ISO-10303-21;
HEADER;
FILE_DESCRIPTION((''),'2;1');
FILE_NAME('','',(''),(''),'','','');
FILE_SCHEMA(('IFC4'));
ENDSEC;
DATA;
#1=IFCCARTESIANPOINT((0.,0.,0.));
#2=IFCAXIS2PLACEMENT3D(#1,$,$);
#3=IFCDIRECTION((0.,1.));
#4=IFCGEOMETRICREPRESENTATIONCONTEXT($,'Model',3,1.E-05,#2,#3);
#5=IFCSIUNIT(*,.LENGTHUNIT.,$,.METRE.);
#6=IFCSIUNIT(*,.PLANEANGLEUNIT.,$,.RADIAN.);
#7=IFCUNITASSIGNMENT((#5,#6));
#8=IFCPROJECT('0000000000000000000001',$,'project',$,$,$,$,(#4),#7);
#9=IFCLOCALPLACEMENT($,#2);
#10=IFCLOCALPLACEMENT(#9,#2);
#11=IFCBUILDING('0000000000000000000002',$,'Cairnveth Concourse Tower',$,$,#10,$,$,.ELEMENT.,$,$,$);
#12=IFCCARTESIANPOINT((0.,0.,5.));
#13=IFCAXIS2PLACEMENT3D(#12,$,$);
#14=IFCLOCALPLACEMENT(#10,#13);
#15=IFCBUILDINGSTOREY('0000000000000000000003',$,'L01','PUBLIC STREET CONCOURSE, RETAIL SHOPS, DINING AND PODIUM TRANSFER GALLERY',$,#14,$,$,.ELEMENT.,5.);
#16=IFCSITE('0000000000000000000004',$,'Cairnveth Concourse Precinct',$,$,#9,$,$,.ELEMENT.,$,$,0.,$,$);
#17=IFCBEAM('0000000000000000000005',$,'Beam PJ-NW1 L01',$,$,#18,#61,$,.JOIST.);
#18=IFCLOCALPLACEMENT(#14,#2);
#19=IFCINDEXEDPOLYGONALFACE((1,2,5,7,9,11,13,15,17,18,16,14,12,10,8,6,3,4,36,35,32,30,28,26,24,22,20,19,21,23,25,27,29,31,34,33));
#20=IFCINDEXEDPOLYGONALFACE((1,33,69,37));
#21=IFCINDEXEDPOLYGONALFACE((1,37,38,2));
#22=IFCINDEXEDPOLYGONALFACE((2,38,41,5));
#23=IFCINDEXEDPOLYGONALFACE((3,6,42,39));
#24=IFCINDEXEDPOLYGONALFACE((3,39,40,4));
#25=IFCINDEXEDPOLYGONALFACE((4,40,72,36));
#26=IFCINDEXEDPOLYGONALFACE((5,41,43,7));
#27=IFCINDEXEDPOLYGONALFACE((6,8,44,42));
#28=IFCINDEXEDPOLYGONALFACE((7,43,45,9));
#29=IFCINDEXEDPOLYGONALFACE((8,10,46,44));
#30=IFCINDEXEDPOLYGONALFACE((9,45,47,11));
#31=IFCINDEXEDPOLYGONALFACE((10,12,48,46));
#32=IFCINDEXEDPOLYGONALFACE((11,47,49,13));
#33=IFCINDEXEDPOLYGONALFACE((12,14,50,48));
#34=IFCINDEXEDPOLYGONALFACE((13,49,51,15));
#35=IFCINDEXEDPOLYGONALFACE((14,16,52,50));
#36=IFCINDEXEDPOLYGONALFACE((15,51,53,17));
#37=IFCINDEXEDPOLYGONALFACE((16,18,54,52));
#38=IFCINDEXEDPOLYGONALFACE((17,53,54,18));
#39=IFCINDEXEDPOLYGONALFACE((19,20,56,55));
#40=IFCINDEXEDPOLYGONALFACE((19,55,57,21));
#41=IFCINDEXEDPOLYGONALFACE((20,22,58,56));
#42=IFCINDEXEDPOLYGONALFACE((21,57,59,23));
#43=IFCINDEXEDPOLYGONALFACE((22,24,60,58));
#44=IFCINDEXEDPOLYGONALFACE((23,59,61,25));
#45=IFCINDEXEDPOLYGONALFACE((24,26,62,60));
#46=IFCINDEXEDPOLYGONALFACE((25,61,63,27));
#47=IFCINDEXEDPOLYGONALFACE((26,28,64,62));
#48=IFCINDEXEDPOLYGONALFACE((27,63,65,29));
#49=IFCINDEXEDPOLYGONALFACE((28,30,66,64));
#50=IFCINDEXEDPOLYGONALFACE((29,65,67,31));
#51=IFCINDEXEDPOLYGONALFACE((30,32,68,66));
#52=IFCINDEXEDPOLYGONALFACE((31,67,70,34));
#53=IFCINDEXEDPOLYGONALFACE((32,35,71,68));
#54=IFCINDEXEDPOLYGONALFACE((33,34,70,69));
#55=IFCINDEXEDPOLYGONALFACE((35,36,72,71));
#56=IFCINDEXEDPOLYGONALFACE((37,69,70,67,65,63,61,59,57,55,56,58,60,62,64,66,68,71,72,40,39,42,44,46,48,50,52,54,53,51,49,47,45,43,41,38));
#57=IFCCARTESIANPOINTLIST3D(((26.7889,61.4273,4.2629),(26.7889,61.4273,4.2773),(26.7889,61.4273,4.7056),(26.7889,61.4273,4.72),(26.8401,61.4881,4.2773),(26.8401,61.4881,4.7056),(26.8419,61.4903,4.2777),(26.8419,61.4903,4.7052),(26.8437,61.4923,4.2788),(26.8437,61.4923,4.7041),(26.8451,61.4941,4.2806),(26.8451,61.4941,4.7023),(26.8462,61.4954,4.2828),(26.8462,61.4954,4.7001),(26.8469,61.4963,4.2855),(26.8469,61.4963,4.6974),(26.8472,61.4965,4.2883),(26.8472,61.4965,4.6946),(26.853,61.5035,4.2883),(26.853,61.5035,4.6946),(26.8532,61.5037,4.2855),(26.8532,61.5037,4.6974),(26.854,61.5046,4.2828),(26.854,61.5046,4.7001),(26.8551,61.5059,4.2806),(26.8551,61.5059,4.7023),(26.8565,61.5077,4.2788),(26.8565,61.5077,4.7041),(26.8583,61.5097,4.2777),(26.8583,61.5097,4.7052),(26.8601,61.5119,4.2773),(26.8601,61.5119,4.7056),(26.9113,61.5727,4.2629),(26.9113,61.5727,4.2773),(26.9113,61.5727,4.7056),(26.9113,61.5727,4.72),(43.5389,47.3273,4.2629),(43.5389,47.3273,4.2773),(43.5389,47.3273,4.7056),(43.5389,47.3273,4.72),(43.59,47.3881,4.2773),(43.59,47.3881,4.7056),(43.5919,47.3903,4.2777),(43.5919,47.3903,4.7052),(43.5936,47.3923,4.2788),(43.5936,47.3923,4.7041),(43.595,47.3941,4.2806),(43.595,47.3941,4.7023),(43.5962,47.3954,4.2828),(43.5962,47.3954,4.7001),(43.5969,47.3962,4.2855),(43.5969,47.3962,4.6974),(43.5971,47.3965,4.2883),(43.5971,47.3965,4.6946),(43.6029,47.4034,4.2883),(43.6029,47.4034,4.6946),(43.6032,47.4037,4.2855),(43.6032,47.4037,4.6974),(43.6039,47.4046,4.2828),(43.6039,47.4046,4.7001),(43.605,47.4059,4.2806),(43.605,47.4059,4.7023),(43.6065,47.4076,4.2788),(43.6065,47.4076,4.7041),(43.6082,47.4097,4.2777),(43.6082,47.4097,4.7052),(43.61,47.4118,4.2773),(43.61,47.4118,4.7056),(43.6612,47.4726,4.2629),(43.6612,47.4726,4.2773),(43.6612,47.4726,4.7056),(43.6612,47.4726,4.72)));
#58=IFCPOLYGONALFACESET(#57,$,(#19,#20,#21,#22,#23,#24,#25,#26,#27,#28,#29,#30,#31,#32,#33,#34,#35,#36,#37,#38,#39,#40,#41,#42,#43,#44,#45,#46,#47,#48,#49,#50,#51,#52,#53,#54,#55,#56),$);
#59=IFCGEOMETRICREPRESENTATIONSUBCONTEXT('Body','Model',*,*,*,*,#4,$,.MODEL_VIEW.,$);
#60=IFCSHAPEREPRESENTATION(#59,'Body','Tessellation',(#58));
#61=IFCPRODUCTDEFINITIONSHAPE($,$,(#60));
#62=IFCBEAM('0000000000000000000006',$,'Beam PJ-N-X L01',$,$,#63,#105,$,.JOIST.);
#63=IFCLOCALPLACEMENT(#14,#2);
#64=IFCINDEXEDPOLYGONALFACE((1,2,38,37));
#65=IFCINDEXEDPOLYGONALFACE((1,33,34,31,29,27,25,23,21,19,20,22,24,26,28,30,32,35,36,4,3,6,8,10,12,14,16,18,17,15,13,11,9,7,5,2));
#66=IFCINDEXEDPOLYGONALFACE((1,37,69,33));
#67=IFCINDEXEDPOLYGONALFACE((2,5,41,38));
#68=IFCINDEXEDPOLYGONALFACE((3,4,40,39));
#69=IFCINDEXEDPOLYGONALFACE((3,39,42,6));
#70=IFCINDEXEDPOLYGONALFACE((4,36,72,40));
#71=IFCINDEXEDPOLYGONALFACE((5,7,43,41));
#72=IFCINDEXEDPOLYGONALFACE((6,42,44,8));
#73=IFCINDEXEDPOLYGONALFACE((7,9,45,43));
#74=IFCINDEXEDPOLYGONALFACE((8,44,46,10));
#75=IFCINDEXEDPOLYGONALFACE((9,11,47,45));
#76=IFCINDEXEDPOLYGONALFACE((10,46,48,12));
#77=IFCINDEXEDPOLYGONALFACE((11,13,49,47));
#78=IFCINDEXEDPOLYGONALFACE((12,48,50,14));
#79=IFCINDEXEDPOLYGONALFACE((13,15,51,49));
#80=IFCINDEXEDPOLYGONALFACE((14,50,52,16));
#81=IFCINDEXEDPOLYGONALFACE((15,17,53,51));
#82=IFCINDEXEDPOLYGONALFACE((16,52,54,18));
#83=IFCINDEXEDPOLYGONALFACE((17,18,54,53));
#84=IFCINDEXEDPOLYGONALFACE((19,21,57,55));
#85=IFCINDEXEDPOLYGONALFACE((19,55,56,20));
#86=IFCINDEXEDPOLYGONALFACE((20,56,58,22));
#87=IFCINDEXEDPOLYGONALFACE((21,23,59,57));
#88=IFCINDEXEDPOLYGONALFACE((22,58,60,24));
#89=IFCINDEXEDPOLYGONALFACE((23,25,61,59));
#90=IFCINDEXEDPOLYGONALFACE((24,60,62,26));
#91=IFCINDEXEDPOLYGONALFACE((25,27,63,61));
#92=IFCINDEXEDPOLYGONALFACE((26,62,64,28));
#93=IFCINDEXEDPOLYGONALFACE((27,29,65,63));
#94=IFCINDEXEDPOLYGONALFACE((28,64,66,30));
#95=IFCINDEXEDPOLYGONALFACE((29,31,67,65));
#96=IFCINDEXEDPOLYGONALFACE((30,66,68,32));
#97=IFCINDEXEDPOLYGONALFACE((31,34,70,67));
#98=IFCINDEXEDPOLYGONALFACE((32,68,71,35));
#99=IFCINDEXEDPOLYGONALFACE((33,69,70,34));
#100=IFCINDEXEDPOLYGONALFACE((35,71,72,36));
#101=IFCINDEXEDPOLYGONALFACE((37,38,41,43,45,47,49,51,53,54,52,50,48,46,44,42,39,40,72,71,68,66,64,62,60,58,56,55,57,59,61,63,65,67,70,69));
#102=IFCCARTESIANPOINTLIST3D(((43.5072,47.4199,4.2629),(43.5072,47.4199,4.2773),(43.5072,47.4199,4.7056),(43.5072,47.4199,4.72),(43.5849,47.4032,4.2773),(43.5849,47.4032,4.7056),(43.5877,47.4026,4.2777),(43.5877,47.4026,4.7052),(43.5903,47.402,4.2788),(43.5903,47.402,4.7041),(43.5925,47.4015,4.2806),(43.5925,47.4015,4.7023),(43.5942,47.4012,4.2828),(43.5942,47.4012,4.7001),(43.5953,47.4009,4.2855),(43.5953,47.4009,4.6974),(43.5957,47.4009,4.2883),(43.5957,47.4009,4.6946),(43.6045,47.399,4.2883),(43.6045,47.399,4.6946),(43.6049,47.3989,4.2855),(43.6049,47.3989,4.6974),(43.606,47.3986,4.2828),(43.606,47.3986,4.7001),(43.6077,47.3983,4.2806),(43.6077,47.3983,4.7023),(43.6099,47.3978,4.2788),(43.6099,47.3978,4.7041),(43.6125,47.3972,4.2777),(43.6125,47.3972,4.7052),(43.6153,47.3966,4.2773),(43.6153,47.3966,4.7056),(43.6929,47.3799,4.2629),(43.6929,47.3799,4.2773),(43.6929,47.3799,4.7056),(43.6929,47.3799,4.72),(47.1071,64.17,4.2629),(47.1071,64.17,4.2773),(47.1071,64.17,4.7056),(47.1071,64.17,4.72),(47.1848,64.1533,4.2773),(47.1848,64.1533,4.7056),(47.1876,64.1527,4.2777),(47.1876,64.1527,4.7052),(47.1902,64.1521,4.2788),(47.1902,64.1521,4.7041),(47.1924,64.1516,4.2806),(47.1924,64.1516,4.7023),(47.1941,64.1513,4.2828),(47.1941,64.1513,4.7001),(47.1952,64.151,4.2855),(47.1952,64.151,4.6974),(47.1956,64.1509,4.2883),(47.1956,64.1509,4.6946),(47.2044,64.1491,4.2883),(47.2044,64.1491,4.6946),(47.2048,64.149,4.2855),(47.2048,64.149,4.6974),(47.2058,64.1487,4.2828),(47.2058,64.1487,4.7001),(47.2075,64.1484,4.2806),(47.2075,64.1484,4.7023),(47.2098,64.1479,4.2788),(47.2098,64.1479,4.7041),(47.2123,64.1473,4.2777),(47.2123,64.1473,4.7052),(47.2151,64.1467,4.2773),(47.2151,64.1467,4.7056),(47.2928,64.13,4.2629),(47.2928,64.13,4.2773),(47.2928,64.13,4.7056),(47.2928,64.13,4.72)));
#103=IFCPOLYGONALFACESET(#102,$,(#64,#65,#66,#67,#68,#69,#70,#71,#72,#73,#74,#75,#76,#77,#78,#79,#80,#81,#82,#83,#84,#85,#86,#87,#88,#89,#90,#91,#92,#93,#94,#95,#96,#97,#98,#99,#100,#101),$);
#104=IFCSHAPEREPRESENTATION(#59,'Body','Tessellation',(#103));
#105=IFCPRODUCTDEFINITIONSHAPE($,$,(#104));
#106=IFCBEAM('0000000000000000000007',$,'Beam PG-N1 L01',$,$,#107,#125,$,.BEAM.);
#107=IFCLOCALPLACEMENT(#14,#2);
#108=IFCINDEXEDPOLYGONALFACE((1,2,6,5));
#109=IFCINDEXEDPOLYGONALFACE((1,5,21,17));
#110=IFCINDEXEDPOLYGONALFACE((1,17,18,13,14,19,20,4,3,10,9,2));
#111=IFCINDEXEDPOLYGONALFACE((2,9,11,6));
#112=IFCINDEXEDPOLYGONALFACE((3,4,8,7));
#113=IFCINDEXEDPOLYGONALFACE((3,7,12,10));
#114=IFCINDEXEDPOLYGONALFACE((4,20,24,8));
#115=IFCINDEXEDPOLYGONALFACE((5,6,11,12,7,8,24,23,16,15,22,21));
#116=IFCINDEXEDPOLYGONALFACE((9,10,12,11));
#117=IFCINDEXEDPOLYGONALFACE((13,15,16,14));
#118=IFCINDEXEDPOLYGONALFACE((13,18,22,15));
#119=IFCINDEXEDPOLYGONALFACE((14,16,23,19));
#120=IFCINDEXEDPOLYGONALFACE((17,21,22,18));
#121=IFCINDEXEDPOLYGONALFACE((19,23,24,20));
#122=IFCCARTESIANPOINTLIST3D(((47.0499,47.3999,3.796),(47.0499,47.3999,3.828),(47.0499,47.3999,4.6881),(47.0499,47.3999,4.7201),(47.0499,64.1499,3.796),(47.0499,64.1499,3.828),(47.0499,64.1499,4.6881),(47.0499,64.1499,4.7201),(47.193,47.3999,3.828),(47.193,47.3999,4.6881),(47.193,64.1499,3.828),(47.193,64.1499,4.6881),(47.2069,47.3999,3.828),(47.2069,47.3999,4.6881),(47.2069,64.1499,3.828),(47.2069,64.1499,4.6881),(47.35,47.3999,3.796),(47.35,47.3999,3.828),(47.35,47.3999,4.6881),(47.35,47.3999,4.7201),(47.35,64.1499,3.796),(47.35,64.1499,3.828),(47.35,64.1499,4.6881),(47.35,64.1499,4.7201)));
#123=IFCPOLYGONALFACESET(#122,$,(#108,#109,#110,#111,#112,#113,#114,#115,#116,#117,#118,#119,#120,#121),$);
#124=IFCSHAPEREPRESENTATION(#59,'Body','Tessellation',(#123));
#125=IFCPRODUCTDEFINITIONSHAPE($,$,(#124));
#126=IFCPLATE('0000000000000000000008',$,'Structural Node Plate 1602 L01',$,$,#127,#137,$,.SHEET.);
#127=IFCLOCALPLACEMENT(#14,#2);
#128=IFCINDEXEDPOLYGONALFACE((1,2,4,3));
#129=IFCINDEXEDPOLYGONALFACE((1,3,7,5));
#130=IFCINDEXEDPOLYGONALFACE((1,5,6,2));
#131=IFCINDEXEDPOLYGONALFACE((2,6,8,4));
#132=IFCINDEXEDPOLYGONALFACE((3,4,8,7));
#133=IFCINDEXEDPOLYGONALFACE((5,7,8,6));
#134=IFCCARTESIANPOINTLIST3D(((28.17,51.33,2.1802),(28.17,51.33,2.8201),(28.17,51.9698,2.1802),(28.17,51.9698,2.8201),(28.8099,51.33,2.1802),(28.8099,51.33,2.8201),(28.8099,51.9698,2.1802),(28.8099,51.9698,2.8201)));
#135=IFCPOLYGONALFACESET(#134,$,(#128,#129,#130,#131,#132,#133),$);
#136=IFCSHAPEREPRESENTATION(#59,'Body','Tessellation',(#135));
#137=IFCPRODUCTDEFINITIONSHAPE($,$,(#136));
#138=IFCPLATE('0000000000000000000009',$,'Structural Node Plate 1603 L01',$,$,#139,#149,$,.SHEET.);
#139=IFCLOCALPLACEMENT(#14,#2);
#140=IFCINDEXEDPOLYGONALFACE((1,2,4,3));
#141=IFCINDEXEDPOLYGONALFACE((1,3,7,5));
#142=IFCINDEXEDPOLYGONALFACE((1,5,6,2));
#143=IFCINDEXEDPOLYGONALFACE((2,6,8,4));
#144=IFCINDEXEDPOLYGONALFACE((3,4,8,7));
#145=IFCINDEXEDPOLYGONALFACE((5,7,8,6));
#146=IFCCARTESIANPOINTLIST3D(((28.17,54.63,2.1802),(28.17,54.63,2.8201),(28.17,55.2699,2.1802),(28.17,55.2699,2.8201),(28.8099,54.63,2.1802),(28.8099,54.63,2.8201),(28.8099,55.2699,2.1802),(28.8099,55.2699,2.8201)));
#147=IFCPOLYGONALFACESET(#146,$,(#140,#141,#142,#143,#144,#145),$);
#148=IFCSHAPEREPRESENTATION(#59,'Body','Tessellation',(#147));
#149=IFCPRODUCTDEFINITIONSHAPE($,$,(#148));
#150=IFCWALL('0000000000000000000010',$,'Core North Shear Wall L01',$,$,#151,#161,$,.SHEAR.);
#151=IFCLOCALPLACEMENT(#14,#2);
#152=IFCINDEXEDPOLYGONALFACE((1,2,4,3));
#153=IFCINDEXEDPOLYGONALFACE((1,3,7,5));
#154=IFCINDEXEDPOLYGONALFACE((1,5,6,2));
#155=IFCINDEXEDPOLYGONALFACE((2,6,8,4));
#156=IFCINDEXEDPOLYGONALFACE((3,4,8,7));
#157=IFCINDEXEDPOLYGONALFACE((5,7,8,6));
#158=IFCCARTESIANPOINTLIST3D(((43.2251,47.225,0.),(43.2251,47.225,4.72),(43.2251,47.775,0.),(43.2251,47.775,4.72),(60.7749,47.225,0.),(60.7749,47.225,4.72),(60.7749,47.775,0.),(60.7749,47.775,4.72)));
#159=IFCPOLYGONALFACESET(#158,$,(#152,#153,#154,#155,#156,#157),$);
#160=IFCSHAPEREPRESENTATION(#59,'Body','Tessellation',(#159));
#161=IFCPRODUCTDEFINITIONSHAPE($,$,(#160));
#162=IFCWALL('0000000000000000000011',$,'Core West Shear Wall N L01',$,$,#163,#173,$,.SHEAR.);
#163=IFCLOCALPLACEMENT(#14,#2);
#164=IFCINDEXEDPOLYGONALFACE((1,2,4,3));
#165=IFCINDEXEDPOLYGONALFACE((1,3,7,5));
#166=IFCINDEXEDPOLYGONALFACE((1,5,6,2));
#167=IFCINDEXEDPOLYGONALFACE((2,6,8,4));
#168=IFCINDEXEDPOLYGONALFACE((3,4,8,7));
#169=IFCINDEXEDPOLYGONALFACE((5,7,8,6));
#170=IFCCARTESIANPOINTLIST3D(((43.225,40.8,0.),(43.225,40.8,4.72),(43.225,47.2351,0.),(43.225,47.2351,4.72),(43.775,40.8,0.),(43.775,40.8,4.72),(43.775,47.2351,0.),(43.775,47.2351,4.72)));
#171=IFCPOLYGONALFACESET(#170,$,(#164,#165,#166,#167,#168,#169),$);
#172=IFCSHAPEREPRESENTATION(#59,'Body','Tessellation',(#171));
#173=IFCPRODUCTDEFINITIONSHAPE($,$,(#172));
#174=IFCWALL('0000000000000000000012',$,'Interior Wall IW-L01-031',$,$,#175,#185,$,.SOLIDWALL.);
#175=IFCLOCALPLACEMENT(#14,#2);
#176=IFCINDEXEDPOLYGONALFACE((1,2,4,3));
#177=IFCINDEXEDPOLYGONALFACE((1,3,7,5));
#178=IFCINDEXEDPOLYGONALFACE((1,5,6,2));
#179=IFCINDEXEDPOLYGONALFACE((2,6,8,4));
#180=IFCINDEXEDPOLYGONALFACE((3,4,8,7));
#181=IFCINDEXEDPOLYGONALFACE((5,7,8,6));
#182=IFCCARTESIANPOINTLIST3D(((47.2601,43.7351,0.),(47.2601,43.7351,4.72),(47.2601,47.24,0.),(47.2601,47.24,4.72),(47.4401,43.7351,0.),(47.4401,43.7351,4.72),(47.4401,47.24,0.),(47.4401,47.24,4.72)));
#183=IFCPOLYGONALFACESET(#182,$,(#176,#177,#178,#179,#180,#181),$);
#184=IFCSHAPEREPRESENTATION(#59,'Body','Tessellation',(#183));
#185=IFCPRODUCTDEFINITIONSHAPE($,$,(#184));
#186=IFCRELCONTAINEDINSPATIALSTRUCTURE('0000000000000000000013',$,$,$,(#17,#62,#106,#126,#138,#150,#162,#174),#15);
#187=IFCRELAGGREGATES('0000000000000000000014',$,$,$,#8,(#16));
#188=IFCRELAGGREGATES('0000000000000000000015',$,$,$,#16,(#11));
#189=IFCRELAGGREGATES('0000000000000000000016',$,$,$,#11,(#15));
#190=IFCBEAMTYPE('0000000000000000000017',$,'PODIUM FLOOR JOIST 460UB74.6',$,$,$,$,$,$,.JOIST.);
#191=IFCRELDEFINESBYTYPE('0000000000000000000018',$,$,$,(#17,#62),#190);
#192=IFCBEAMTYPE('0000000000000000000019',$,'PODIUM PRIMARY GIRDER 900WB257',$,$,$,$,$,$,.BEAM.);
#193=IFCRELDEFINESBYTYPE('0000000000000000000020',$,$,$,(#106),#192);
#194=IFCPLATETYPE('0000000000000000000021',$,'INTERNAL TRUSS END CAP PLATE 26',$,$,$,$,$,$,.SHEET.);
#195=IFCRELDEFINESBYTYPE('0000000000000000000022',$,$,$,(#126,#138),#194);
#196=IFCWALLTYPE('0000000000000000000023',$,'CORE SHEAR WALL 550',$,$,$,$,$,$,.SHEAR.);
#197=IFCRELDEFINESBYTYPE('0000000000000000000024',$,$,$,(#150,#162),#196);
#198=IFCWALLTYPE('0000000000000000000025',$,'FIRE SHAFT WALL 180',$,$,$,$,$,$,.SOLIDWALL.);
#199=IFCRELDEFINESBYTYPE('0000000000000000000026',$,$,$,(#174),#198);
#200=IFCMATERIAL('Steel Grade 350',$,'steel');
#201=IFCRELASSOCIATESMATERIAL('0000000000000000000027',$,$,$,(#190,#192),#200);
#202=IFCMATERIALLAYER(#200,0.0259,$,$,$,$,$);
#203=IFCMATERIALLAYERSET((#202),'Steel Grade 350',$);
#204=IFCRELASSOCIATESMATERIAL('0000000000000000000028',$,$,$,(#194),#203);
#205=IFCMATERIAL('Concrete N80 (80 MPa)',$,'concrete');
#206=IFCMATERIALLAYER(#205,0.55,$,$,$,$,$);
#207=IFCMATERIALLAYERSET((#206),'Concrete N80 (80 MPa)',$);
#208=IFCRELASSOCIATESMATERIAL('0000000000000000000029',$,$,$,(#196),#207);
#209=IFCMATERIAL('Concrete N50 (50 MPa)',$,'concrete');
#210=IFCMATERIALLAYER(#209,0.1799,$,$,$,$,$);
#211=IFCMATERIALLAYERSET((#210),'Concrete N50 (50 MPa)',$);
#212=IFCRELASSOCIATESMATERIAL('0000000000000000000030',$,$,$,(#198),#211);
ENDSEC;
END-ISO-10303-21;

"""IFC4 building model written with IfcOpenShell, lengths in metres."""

from ifc_helpers import new_model, si_unit, direction, frame, frame_2d, origin, origin_2d, place, context, subcontext, project, spatial, rectangle, i_section, extrude, material, layer, layer_set, material_profile, profile_set, type_object, element, save


model = new_model("IFC4")

# Units and contexts
model_context = context("Model", 3, precision=1e-05, world=origin(), true_north=direction((0.0, 1.0)))
body_context = subcontext(model_context, "Body", "Model", "MODEL_VIEW")
ifc_project = project(units=[si_unit("LENGTHUNIT", "METRE"), si_unit("PLANEANGLEUNIT", "RADIAN")], contexts=[model_context])

# Site, building, storey
site_placement = place(None, origin())
site = spatial("IfcSite", under=ifc_project, at=site_placement, Name="Cairnveth Concourse Precinct", CompositionType="ELEMENT", RefElevation=0.0)
building_placement = place(site_placement, origin())
building = spatial("IfcBuilding", under=site, at=building_placement, Name="Cairnveth Concourse Tower", CompositionType="ELEMENT")
storey_placement = place(building_placement, frame((0.0, 0.0, 5.0)))
storey = spatial("IfcBuildingStorey", under=building, at=storey_placement, Name="L01", Description="PUBLIC STREET CONCOURSE, RETAIL SHOPS, DINING AND PODIUM TRANSFER GALLERY", CompositionType="ELEMENT", Elevation=5.0)

# Shared definitions
ifc_material_1 = material(Name="Concrete N80 (80 MPa)", Category="concrete")

# Beams
ifc_material_2 = material(Name="Steel Grade 350", Category="steel")
ifc_material_profile_1 = material_profile(ifc_material_2, i_section(OverallWidth=0.1899, OverallDepth=0.457, WebThickness=0.009, FlangeThickness=0.0144, FilletRadius=0.011, at=origin_2d()), Name="460UB74.6")
ifc_profile_set_1 = profile_set([ifc_material_profile_1], Name="Steel Grade 350")
beam_type_1 = type_object("IfcBeamType", Name="PODIUM FLOOR JOIST 460UB74.6", PredefinedType="JOIST", material=ifc_profile_set_1)
beam_1_placement = place(storey_placement, frame((26.8501, 61.5, 4.4915), z_axis=(0.765027, -0.643998, 0.0), x_axis=(0.643998, 0.765027, 0.0)))
element("IfcBeam", 1, at=beam_1_placement, inside=storey, type_object=beam_type_1, Name="Beam PJ-NW1 L01", PredefinedType="JOIST", context=body_context, shape_type="SweptSolid", body=[
    extrude(i_section(OverallWidth=0.1899, OverallDepth=0.457, WebThickness=0.009, FlangeThickness=0.0144, FilletRadius=0.011, at=origin_2d()), origin(), (0.0, 0.0, 1.0), 21.8945),
])
beam_2_placement = place(storey_placement, frame((43.6001, 47.3999, 4.4915), z_axis=(0.210119, 0.977676, 0.0), x_axis=(-0.977676, 0.210119, 0.0)))
element("IfcBeam", 2, at=beam_2_placement, inside=storey, type_object=beam_type_1, Name="Beam PJ-N-X L01", PredefinedType="JOIST", context=body_context, shape_type="SweptSolid", body=[
    extrude(i_section(OverallWidth=0.1899, OverallDepth=0.457, WebThickness=0.009, FlangeThickness=0.0144, FilletRadius=0.011, at=origin_2d()), origin(), (0.0, 0.0, 1.0), 17.1326),
])
ifc_material_profile_2 = material_profile(ifc_material_2, i_section(OverallWidth=0.3, OverallDepth=0.9241, WebThickness=0.0139, FlangeThickness=0.032, at=origin_2d()), Name="900WB257")
ifc_profile_set_2 = profile_set([ifc_material_profile_2], Name="Steel Grade 350")
beam_type_2 = type_object("IfcBeamType", Name="PODIUM PRIMARY GIRDER 900WB257", PredefinedType="BEAM", material=ifc_profile_set_2)
beam_3_placement = place(storey_placement, frame((47.2, 47.3999, 4.2581), z_axis=(0.0, 1.0, 0.0), x_axis=(-1.0, 0.0, 0.0)))
element("IfcBeam", 3, at=beam_3_placement, inside=storey, type_object=beam_type_2, Name="Beam PG-N1 L01", PredefinedType="BEAM", context=body_context, shape_type="SweptSolid", body=[
    extrude(i_section(OverallWidth=0.3, OverallDepth=0.9241, WebThickness=0.0139, FlangeThickness=0.032, at=origin_2d()), origin(), (0.0, 0.0, 1.0), 16.75),
])

# Plates
ifc_layer_1 = layer(ifc_material_2, 0.0259)
ifc_layer_set_1 = layer_set([ifc_layer_1], Name="Steel Grade 350")
plate_type = type_object("IfcPlateType", Name="INTERNAL TRUSS END CAP PLATE 26", PredefinedType="SHEET", material=ifc_layer_set_1)
for number, where, z_axis, x_axis, name in (
    (4, (28.49, 51.6499, 2.1802), (0.0, 0.0, 1.0), (1.0, 0.0, 0.0), "Structural Node Plate 1602 L01"),
    (5, (28.49, 54.95, 2.1802), (0.0, 0.0, 1.0), (1.0, 0.0, 0.0), "Structural Node Plate 1603 L01"),
):
    element("IfcPlate", number, at=place(storey_placement, frame(where, z_axis=z_axis, x_axis=x_axis)), inside=storey, type_object=plate_type, Name=name, PredefinedType="SHEET", context=body_context, shape_type="SweptSolid", body=[
        extrude(rectangle(XDim=0.6399, YDim=0.6399, at=origin_2d()), origin(), (0.0, 0.0, 1.0), 0.6399),
    ])

# Walls
ifc_layer_2 = layer(ifc_material_1, 0.55)
ifc_layer_set_2 = layer_set([ifc_layer_2], Name="Concrete N80 (80 MPa)")
wall_type_1 = type_object("IfcWallType", Name="CORE SHEAR WALL 550", PredefinedType="SHEAR", material=ifc_layer_set_2)
wall_1_placement = place(storey_placement, frame((43.2251, 47.5, 0.0), z_axis=(0.0, 0.0, 1.0), x_axis=(1.0, 0.0, 0.0)))
element("IfcWall", 6, at=wall_1_placement, inside=storey, type_object=wall_type_1, Name="Core North Shear Wall L01", PredefinedType="SHEAR", context=body_context, shape_type="SweptSolid", body=[
    extrude(rectangle(XDim=17.5498, YDim=0.55, at=frame_2d((8.7749, 0.0))), origin(), (0.0, 0.0, 1.0), 4.72),
])
wall_2_placement = place(storey_placement, frame((43.5, 40.8, 0.0), z_axis=(0.0, 0.0, 1.0), x_axis=(0.0, 1.0, 0.0)))
element("IfcWall", 7, at=wall_2_placement, inside=storey, type_object=wall_type_1, Name="Core West Shear Wall N L01", PredefinedType="SHEAR", context=body_context, shape_type="SweptSolid", body=[
    extrude(rectangle(XDim=6.4351, YDim=0.55, at=frame_2d((3.2175, 0.0))), origin(), (0.0, 0.0, 1.0), 4.72),
])
ifc_material_3 = material(Name="Concrete N50 (50 MPa)", Category="concrete")
ifc_layer_3 = layer(ifc_material_3, 0.1799)
ifc_layer_set_3 = layer_set([ifc_layer_3], Name="Concrete N50 (50 MPa)")
wall_type_2 = type_object("IfcWallType", Name="FIRE SHAFT WALL 180", PredefinedType="SOLIDWALL", material=ifc_layer_set_3)
wall_3_placement = place(storey_placement, frame((47.3501, 43.7351, 0.0), z_axis=(0.0, 0.0, 1.0), x_axis=(0.0, 1.0, 0.0)))
element("IfcWall", 8, at=wall_3_placement, inside=storey, type_object=wall_type_2, Name="Interior Wall IW-L01-031", PredefinedType="SOLIDWALL", context=body_context, shape_type="SweptSolid", body=[
    extrude(rectangle(XDim=3.5049, YDim=0.1799, at=frame_2d((1.7524, 0.0))), origin(), (0.0, 0.0, 1.0), 4.72),
])

save(model, "model.ifc")
